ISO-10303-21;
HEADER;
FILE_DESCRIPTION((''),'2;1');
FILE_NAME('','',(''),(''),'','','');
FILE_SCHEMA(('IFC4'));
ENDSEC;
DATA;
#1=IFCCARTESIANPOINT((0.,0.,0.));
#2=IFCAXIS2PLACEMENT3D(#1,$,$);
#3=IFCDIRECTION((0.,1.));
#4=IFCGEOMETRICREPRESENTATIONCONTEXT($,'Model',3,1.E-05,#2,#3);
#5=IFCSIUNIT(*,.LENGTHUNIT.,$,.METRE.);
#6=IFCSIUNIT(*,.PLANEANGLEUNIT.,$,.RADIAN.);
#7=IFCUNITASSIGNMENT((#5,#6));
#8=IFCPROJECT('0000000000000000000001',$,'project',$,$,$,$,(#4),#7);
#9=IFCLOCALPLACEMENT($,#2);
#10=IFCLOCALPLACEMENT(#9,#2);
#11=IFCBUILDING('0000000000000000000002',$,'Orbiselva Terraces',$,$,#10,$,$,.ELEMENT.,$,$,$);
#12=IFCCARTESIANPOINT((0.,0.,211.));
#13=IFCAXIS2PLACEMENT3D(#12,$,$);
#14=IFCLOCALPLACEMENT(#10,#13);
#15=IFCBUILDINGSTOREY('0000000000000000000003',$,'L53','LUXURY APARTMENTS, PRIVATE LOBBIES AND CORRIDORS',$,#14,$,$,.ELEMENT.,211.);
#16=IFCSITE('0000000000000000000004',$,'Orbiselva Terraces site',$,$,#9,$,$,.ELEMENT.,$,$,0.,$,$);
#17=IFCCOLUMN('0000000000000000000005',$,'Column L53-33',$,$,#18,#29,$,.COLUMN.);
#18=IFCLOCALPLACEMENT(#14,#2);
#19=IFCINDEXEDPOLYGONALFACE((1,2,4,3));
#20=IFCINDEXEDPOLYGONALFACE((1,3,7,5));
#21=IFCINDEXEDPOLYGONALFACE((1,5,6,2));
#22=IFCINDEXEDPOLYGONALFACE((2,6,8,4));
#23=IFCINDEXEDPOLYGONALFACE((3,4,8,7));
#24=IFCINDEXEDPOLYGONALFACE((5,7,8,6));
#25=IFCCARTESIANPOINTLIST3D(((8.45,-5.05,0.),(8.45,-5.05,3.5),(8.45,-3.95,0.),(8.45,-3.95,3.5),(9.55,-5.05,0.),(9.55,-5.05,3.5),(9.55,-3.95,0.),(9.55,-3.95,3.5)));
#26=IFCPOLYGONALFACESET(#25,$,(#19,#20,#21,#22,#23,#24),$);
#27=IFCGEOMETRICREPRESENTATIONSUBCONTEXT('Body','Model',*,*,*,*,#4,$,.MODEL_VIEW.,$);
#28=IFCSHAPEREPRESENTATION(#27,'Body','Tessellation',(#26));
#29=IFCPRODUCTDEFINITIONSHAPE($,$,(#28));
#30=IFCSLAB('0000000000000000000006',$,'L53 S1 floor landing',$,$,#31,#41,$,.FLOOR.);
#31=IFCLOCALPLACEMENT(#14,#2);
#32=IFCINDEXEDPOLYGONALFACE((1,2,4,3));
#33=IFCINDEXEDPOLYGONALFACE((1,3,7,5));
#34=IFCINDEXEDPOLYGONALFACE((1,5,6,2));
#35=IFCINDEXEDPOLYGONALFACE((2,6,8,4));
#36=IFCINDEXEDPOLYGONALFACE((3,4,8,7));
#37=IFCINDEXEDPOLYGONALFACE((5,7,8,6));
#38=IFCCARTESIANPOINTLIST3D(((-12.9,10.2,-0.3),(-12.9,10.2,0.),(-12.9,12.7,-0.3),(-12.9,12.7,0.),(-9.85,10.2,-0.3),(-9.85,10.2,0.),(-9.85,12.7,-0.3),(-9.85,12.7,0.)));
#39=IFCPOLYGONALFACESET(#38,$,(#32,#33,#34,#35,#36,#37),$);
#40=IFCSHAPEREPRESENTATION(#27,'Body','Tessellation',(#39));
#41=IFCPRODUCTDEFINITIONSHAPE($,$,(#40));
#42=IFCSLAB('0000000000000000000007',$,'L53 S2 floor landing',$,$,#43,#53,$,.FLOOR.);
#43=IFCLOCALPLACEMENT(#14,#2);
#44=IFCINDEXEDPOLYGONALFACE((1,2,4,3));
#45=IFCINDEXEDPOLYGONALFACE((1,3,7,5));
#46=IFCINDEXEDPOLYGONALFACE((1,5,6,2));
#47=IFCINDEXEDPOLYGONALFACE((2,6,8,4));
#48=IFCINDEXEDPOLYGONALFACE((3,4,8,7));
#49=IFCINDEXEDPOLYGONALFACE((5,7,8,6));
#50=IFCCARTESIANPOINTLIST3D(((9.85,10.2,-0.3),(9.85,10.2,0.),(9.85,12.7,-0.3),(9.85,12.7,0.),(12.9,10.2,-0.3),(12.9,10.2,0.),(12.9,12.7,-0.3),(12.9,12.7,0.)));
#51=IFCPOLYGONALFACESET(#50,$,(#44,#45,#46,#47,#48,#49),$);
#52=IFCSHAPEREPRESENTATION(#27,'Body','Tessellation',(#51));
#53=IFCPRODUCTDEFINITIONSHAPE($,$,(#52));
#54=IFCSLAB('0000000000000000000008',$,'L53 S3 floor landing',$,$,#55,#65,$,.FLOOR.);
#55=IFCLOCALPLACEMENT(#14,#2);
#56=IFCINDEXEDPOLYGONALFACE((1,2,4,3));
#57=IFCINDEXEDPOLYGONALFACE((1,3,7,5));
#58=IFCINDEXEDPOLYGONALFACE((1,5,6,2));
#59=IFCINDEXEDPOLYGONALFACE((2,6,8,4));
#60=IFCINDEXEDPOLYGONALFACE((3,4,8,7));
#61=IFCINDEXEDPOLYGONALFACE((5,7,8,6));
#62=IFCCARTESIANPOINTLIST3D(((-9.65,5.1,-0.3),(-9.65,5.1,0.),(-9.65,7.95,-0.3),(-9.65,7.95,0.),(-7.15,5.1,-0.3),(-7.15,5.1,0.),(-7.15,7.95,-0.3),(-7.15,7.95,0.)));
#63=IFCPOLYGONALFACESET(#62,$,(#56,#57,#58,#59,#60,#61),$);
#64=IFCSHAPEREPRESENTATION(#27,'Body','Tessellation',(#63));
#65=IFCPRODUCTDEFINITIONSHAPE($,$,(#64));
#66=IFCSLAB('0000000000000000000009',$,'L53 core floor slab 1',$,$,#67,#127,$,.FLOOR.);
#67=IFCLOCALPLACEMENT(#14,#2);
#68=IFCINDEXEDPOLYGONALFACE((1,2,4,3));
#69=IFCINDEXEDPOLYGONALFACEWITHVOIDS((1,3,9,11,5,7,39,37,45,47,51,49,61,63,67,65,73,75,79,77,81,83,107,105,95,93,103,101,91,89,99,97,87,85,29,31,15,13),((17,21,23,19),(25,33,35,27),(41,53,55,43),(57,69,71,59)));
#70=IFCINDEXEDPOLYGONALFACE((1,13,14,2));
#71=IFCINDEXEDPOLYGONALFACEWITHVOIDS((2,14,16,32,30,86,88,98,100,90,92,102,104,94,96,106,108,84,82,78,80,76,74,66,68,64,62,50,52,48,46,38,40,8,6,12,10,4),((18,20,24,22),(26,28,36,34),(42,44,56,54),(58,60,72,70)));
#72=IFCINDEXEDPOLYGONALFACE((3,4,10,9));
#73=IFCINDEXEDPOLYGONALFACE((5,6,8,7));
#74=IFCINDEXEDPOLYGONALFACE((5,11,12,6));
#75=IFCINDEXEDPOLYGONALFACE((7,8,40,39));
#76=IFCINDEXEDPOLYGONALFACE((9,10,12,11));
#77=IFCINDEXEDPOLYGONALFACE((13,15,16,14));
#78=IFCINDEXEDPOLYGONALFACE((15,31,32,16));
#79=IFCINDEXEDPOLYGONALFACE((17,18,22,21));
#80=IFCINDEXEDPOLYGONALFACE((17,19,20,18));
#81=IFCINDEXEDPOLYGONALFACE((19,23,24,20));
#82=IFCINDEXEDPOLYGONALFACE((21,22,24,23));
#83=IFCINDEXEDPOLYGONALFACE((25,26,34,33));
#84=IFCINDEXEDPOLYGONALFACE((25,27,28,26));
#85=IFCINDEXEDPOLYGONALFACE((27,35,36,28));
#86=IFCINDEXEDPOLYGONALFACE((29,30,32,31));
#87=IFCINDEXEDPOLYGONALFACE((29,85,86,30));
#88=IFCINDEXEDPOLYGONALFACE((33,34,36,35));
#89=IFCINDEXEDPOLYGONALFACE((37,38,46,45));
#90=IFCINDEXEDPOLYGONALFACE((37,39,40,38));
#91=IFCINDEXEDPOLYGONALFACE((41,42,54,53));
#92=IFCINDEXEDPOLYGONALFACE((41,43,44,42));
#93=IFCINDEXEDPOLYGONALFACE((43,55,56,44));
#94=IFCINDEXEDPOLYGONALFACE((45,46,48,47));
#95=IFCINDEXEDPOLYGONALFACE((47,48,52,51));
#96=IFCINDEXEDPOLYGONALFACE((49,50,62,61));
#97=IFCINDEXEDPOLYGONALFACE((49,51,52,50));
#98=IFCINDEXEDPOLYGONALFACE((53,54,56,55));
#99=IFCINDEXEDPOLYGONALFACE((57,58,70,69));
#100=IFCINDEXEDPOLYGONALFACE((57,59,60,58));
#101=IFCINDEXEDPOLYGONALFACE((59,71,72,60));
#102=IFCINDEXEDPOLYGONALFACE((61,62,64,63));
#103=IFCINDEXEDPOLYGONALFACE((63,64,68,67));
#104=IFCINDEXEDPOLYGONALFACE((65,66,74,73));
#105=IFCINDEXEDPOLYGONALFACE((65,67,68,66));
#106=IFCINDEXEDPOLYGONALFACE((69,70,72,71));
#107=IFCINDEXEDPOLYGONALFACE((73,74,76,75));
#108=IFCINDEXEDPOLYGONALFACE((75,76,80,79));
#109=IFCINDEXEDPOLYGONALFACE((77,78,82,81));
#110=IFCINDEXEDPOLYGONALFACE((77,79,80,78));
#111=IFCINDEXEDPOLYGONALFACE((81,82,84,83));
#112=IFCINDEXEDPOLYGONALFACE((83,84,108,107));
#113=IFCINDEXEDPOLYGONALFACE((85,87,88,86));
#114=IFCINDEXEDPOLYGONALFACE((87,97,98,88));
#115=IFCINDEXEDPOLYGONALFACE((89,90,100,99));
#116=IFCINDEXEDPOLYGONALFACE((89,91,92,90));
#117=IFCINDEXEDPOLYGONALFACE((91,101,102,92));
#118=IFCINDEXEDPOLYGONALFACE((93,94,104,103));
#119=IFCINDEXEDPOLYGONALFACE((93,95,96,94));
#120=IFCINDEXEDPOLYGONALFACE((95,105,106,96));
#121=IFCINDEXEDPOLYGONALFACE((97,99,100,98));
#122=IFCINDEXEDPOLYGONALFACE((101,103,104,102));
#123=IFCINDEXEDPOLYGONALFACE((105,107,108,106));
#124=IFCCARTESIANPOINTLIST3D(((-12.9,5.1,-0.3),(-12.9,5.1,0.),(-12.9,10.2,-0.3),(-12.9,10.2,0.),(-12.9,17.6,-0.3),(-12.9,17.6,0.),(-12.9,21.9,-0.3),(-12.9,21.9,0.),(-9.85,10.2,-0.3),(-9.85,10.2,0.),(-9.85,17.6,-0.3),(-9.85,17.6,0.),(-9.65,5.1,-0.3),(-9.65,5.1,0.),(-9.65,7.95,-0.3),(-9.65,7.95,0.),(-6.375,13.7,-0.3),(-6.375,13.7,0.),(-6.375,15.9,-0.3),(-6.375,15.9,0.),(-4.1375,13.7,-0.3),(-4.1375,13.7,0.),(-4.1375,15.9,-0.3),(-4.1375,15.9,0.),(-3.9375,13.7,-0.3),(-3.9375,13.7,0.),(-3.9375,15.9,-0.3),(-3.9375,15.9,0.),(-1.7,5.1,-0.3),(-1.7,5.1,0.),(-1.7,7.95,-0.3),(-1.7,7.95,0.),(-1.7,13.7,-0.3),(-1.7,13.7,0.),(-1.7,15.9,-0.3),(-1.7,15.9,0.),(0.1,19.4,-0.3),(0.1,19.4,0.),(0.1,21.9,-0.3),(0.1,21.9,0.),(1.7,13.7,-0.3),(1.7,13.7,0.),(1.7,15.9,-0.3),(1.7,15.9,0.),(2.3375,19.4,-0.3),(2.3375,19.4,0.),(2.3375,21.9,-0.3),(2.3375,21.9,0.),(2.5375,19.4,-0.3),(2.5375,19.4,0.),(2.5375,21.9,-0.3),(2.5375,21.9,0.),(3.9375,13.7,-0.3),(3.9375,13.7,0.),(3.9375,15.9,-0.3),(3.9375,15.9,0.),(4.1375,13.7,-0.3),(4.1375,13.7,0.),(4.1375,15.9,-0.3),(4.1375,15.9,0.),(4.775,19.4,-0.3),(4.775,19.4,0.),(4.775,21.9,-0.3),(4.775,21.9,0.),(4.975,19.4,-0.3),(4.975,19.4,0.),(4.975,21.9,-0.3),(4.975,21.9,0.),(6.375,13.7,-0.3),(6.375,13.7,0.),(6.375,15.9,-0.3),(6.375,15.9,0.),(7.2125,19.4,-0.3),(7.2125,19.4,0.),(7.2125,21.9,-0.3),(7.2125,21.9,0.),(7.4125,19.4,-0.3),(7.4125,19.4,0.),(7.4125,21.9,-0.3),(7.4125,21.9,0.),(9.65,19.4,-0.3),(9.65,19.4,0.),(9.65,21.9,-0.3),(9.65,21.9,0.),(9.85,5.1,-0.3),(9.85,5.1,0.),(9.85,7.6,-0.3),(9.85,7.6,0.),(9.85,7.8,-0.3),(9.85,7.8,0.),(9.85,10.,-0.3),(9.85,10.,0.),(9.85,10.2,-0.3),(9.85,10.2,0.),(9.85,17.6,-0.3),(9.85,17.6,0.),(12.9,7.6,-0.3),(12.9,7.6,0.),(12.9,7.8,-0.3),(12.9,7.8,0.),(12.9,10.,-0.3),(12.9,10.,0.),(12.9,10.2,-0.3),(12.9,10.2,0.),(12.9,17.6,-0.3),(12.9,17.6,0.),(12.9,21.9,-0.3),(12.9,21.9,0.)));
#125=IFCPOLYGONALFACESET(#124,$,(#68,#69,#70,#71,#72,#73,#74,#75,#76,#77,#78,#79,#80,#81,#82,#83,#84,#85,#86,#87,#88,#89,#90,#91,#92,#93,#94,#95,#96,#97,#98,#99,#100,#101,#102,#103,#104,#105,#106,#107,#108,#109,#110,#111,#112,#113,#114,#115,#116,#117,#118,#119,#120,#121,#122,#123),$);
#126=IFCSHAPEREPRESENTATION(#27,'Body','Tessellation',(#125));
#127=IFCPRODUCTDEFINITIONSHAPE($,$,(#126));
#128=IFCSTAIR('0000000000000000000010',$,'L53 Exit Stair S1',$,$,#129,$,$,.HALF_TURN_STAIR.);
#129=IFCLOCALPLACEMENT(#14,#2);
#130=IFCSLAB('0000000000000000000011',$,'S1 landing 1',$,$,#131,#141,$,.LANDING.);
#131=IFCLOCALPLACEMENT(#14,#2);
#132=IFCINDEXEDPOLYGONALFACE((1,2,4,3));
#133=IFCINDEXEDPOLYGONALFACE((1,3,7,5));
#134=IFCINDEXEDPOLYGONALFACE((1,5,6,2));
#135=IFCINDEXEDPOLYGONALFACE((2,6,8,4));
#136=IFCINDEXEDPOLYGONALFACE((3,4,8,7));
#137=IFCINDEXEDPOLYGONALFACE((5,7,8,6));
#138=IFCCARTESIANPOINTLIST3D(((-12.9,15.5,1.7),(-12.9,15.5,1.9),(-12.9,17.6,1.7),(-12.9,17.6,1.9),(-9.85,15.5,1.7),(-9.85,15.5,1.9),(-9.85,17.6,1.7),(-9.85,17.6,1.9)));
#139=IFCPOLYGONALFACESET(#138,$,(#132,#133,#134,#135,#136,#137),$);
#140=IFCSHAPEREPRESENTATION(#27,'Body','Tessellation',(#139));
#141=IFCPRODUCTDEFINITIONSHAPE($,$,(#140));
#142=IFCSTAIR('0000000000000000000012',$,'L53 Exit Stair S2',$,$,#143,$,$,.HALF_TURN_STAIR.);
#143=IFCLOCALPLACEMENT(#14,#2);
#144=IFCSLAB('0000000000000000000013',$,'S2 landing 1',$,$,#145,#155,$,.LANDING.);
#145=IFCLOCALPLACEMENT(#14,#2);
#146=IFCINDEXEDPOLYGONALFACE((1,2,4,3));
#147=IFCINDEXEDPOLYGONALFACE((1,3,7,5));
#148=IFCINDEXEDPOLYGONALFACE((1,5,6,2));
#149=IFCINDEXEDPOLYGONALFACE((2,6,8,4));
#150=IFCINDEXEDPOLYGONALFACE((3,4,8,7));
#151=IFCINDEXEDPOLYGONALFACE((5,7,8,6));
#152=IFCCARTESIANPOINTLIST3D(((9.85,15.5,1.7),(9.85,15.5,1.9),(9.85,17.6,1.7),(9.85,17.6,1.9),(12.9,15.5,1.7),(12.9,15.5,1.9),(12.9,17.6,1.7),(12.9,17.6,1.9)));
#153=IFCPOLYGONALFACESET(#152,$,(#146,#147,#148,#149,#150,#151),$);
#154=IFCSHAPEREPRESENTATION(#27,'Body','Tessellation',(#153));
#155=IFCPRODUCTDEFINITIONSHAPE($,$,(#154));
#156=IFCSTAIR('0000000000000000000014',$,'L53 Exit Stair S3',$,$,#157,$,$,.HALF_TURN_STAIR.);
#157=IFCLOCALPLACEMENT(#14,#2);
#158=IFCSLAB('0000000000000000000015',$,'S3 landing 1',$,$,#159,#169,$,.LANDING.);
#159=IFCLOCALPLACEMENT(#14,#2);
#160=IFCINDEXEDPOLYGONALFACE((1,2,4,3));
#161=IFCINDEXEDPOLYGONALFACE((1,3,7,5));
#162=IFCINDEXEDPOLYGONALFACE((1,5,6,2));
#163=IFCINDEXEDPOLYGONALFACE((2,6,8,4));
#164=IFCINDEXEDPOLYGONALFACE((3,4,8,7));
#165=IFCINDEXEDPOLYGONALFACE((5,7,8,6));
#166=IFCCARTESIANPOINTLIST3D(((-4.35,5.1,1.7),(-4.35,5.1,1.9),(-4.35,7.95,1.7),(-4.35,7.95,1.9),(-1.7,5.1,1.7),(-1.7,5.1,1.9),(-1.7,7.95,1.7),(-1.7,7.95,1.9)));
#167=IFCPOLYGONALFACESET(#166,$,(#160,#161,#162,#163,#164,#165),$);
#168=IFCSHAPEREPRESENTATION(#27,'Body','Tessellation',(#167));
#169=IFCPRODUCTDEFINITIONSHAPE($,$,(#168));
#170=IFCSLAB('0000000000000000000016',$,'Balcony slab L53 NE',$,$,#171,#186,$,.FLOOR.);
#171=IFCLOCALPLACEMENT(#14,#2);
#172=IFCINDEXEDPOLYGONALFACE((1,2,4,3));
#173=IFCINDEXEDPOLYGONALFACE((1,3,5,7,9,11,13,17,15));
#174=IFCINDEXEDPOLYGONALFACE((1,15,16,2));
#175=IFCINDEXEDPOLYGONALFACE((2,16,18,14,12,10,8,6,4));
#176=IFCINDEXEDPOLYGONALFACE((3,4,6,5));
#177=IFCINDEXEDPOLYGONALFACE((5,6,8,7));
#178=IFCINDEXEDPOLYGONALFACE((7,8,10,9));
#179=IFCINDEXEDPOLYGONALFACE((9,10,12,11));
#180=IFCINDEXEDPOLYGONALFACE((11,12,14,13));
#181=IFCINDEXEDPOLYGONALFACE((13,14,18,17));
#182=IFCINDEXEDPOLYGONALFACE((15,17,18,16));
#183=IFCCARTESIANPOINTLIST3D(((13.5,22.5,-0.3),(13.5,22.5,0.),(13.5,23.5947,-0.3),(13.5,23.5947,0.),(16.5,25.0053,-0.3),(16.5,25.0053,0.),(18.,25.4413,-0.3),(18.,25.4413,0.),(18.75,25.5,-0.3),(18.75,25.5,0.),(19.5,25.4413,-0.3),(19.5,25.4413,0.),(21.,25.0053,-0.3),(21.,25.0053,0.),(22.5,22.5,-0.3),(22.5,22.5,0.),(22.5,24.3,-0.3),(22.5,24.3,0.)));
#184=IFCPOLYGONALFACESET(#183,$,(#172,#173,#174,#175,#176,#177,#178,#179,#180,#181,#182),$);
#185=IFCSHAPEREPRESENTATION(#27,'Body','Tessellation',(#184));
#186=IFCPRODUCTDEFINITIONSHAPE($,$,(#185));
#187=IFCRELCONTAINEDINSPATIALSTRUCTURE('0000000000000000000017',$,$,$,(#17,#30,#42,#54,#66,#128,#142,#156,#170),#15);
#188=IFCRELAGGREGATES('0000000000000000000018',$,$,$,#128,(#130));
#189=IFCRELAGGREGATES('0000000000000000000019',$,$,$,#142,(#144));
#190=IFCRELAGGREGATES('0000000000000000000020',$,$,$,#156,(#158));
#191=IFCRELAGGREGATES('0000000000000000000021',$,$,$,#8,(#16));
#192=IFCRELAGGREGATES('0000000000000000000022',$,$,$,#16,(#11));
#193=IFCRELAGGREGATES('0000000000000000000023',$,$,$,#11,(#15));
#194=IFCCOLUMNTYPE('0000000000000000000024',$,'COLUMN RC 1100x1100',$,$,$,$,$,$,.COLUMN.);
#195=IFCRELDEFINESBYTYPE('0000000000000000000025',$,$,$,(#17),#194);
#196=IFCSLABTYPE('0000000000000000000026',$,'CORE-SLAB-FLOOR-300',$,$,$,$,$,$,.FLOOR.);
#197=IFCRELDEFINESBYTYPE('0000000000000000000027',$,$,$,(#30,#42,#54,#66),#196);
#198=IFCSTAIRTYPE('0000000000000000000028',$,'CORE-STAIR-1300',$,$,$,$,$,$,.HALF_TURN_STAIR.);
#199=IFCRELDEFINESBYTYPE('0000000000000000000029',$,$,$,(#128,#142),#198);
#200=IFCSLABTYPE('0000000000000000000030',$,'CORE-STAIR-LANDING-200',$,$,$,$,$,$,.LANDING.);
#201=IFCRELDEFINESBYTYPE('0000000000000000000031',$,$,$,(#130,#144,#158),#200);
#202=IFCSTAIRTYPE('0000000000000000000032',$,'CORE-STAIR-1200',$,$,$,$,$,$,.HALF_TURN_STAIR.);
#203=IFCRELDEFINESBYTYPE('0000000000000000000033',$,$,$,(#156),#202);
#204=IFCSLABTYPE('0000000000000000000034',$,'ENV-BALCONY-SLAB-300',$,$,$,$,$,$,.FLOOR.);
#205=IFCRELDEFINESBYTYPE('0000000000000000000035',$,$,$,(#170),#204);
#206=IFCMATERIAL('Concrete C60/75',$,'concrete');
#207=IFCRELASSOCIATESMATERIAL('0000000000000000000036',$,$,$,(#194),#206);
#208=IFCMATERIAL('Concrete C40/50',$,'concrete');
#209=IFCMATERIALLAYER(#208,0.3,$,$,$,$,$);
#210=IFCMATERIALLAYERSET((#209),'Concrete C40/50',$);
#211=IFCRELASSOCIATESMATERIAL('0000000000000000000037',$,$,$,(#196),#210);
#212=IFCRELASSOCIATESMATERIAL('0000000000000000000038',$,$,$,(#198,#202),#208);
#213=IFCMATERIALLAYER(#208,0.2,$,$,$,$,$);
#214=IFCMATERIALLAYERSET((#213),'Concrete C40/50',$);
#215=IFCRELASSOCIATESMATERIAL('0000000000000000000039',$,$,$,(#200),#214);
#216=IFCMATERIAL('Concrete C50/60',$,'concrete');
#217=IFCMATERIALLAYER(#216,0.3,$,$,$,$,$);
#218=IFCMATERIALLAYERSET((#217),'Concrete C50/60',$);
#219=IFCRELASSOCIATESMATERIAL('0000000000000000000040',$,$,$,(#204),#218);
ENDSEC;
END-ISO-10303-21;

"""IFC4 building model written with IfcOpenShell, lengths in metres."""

from ifc_helpers import new_model, si_unit, direction, frame, origin, origin_2d, place, context, subcontext, project, spatial, polyline, rectangle, outline, extrude, material, layer, layer_set, material_profile, profile_set, type_object, element, aggregate, save


model = new_model("IFC4")

# Units and contexts
model_context = context("Model", 3, precision=1e-05, world=origin(), true_north=direction((0.0, 1.0)))
body_context = subcontext(model_context, "Body", "Model", "MODEL_VIEW")
ifc_project = project(units=[si_unit("LENGTHUNIT", "METRE"), si_unit("PLANEANGLEUNIT", "RADIAN")], contexts=[model_context])

# Site, building, storey
site_placement = place(None, origin())
site = spatial("IfcSite", under=ifc_project, at=site_placement, Name="Orbiselva Terraces site", CompositionType="ELEMENT", RefElevation=0.0)
building_placement = place(site_placement, origin())
building = spatial("IfcBuilding", under=site, at=building_placement, Name="Orbiselva Terraces", CompositionType="ELEMENT")
storey_placement = place(building_placement, frame((0.0, 0.0, 211.0)))
storey = spatial("IfcBuildingStorey", under=building, at=storey_placement, Name="L53", Description="LUXURY APARTMENTS, PRIVATE LOBBIES AND CORRIDORS", CompositionType="ELEMENT", Elevation=211.0)

# Column
ifc_material_1 = material(Name="Concrete C60/75", Category="concrete")
ifc_material_profile = material_profile(ifc_material_1, rectangle(XDim=1.1, YDim=1.1, at=origin_2d()), Name="RC 1100x1100")
ifc_profile_set = profile_set([ifc_material_profile], Name="Concrete C60/75")
column_type = type_object("IfcColumnType", Name="COLUMN RC 1100x1100", PredefinedType="COLUMN", material=ifc_profile_set)
column_placement = place(storey_placement, frame((9.0, -4.5, 0.0), z_axis=(0.0, 0.0, 1.0), x_axis=(1.0, 0.0, 0.0)))
element("IfcColumn", 1, at=column_placement, inside=storey, type_object=column_type, Name="Column L53-33", PredefinedType="COLUMN", context=body_context, shape_type="SweptSolid", body=[
    extrude(rectangle(XDim=1.1, YDim=1.1, at=origin_2d()), origin(), (0.0, 0.0, 1.0), 3.5),
])

# Slabs
ifc_material_2 = material(Name="Concrete C40/50", Category="concrete")
ifc_layer_1 = layer(ifc_material_2, 0.3)
ifc_layer_set_1 = layer_set([ifc_layer_1], Name="Concrete C40/50")
slab_type_1 = type_object("IfcSlabType", Name="CORE-SLAB-FLOOR-300", PredefinedType="FLOOR", material=ifc_layer_set_1)
slab_1_placement = place(storey_placement, frame((0.0, 0.0, -0.3)))
element("IfcSlab", 2, at=slab_1_placement, inside=storey, type_object=slab_type_1, Name="L53 S1 floor landing", PredefinedType="FLOOR", context=body_context, shape_type="SweptSolid", body=[
    extrude(outline(polyline([(-12.9, 12.7), (-9.85, 12.7), (-9.85, 10.2), (-12.9, 10.2), (-12.9, 12.7)])), origin(), (0.0, 0.0, 1.0), 0.3),
])
slab_2_placement = place(storey_placement, frame((0.0, 0.0, -0.3)))
element("IfcSlab", 3, at=slab_2_placement, inside=storey, type_object=slab_type_1, Name="L53 S2 floor landing", PredefinedType="FLOOR", context=body_context, shape_type="SweptSolid", body=[
    extrude(outline(polyline([(12.9, 12.7), (12.9, 10.2), (9.85, 10.2), (9.85, 12.7), (12.9, 12.7)])), origin(), (0.0, 0.0, 1.0), 0.3),
])
slab_3_placement = place(storey_placement, frame((0.0, 0.0, -0.3)))
element("IfcSlab", 4, at=slab_3_placement, inside=storey, type_object=slab_type_1, Name="L53 S3 floor landing", PredefinedType="FLOOR", context=body_context, shape_type="SweptSolid", body=[
    extrude(outline(polyline([(-7.15, 5.1), (-9.65, 5.1), (-9.65, 7.95), (-7.15, 7.95), (-7.15, 5.1)])), origin(), (0.0, 0.0, 1.0), 0.3),
])
slab_4_placement = place(storey_placement, frame((0.0, 0.0, -0.3)))
element("IfcSlab", 5, at=slab_4_placement, inside=storey, type_object=slab_type_1, Name="L53 core floor slab 1", PredefinedType="FLOOR", context=body_context, shape_type="SweptSolid", body=[
    extrude(outline(polyline([(-1.7, 5.1), (-1.7, 7.95), (-9.65, 7.95), (-9.65, 5.1), (-12.9, 5.1), (-12.9, 10.2), (-9.85, 10.2), (-9.85, 17.6), (-12.9, 17.6), (-12.9, 21.9), (0.1, 21.9), (0.1, 19.4), (2.3375, 19.4), (2.3375, 21.9), (2.5375, 21.9), (2.5375, 19.4), (4.775, 19.4), (4.775, 21.9), (4.975, 21.9), (4.975, 19.4), (7.2125, 19.4), (7.2125, 21.9), (7.4125, 21.9), (7.4125, 19.4), (9.65, 19.4), (9.65, 21.9), (12.9, 21.9), (12.9, 17.6), (9.85, 17.6), (9.85, 10.2), (12.9, 10.2), (12.9, 10.0), (9.85, 10.0), (9.85, 7.8), (12.9, 7.8), (12.9, 7.6), (9.85, 7.6), (9.85, 5.1), (-1.7, 5.1)]), holes=[polyline([(-4.1375, 13.7), (-4.1375, 15.9), (-6.375, 15.9), (-6.375, 13.7), (-4.1375, 13.7)]), polyline([(-1.7, 13.7), (-1.7, 15.9), (-3.9375, 15.9), (-3.9375, 13.7), (-1.7, 13.7)]), polyline([(3.9375, 15.9), (1.7, 15.9), (1.7, 13.7), (3.9375, 13.7), (3.9375, 15.9)]), polyline([(6.375, 13.7), (6.375, 15.9), (4.1375, 15.9), (4.1375, 13.7), (6.375, 13.7)])]), origin(), (0.0, 0.0, 1.0), 0.3),
])

# Stairs, slabs
stair_type_1 = type_object("IfcStairType", Name="CORE-STAIR-1300", PredefinedType="HALF_TURN_STAIR", material=ifc_material_2)
stair_1_placement = place(storey_placement, origin())
stair_1 = element("IfcStair", 6, at=stair_1_placement, inside=storey, type_object=stair_type_1, Name="L53 Exit Stair S1", PredefinedType="HALF_TURN_STAIR")
ifc_layer_2 = layer(ifc_material_2, 0.2)
ifc_layer_set_2 = layer_set([ifc_layer_2], Name="Concrete C40/50")
slab_type_2 = type_object("IfcSlabType", Name="CORE-STAIR-LANDING-200", PredefinedType="LANDING", material=ifc_layer_set_2)
slab_5_placement = place(storey_placement, frame((0.0, 0.0, 1.7)))
slab_5 = element("IfcSlab", 7, at=slab_5_placement, type_object=slab_type_2, Name="S1 landing 1", PredefinedType="LANDING", context=body_context, shape_type="SweptSolid", body=[
    extrude(outline(polyline([(-9.85, 15.5), (-9.85, 17.6), (-12.9, 17.6), (-12.9, 15.5), (-9.85, 15.5)])), origin(), (0.0, 0.0, 1.0), 0.2),
])
aggregate(stair_1, [slab_5])
stair_2_placement = place(storey_placement, origin())
stair_2 = element("IfcStair", 8, at=stair_2_placement, inside=storey, type_object=stair_type_1, Name="L53 Exit Stair S2", PredefinedType="HALF_TURN_STAIR")
slab_6_placement = place(storey_placement, frame((0.0, 0.0, 1.7)))
slab_6 = element("IfcSlab", 9, at=slab_6_placement, type_object=slab_type_2, Name="S2 landing 1", PredefinedType="LANDING", context=body_context, shape_type="SweptSolid", body=[
    extrude(outline(polyline([(12.9, 15.5), (12.9, 17.6), (9.85, 17.6), (9.85, 15.5), (12.9, 15.5)])), origin(), (0.0, 0.0, 1.0), 0.2),
])
aggregate(stair_2, [slab_6])
stair_type_2 = type_object("IfcStairType", Name="CORE-STAIR-1200", PredefinedType="HALF_TURN_STAIR", material=ifc_material_2)
stair_3_placement = place(storey_placement, origin())
stair_3 = element("IfcStair", 10, at=stair_3_placement, inside=storey, type_object=stair_type_2, Name="L53 Exit Stair S3", PredefinedType="HALF_TURN_STAIR")
slab_7_placement = place(storey_placement, frame((0.0, 0.0, 1.7)))
slab_7 = element("IfcSlab", 11, at=slab_7_placement, type_object=slab_type_2, Name="S3 landing 1", PredefinedType="LANDING", context=body_context, shape_type="SweptSolid", body=[
    extrude(outline(polyline([(-4.35, 5.1), (-1.7, 5.1), (-1.7, 7.95), (-4.35, 7.95), (-4.35, 5.1)])), origin(), (0.0, 0.0, 1.0), 0.2),
])
aggregate(stair_3, [slab_7])

# Slab
ifc_material_3 = material(Name="Concrete C50/60", Category="concrete")
ifc_layer_3 = layer(ifc_material_3, 0.3)
ifc_layer_set_3 = layer_set([ifc_layer_3], Name="Concrete C50/60")
slab_type_3 = type_object("IfcSlabType", Name="ENV-BALCONY-SLAB-300", PredefinedType="FLOOR", material=ifc_layer_set_3)
slab_8_placement = place(storey_placement, frame((0.0, 0.0, -0.3)))
element("IfcSlab", 12, at=slab_8_placement, inside=storey, type_object=slab_type_3, Name="Balcony slab L53 NE", PredefinedType="FLOOR", context=body_context, shape_type="SweptSolid", body=[
    extrude(outline(polyline([(22.5, 24.3), (21.0, 25.0053), (19.5, 25.4413), (18.75, 25.5), (18.0, 25.4413), (16.5, 25.0053), (13.5, 23.5947), (13.5, 22.5), (22.5, 22.5), (22.5, 24.3)])), origin(), (0.0, 0.0, 1.0), 0.3),
])

save(model, "model.ifc")
